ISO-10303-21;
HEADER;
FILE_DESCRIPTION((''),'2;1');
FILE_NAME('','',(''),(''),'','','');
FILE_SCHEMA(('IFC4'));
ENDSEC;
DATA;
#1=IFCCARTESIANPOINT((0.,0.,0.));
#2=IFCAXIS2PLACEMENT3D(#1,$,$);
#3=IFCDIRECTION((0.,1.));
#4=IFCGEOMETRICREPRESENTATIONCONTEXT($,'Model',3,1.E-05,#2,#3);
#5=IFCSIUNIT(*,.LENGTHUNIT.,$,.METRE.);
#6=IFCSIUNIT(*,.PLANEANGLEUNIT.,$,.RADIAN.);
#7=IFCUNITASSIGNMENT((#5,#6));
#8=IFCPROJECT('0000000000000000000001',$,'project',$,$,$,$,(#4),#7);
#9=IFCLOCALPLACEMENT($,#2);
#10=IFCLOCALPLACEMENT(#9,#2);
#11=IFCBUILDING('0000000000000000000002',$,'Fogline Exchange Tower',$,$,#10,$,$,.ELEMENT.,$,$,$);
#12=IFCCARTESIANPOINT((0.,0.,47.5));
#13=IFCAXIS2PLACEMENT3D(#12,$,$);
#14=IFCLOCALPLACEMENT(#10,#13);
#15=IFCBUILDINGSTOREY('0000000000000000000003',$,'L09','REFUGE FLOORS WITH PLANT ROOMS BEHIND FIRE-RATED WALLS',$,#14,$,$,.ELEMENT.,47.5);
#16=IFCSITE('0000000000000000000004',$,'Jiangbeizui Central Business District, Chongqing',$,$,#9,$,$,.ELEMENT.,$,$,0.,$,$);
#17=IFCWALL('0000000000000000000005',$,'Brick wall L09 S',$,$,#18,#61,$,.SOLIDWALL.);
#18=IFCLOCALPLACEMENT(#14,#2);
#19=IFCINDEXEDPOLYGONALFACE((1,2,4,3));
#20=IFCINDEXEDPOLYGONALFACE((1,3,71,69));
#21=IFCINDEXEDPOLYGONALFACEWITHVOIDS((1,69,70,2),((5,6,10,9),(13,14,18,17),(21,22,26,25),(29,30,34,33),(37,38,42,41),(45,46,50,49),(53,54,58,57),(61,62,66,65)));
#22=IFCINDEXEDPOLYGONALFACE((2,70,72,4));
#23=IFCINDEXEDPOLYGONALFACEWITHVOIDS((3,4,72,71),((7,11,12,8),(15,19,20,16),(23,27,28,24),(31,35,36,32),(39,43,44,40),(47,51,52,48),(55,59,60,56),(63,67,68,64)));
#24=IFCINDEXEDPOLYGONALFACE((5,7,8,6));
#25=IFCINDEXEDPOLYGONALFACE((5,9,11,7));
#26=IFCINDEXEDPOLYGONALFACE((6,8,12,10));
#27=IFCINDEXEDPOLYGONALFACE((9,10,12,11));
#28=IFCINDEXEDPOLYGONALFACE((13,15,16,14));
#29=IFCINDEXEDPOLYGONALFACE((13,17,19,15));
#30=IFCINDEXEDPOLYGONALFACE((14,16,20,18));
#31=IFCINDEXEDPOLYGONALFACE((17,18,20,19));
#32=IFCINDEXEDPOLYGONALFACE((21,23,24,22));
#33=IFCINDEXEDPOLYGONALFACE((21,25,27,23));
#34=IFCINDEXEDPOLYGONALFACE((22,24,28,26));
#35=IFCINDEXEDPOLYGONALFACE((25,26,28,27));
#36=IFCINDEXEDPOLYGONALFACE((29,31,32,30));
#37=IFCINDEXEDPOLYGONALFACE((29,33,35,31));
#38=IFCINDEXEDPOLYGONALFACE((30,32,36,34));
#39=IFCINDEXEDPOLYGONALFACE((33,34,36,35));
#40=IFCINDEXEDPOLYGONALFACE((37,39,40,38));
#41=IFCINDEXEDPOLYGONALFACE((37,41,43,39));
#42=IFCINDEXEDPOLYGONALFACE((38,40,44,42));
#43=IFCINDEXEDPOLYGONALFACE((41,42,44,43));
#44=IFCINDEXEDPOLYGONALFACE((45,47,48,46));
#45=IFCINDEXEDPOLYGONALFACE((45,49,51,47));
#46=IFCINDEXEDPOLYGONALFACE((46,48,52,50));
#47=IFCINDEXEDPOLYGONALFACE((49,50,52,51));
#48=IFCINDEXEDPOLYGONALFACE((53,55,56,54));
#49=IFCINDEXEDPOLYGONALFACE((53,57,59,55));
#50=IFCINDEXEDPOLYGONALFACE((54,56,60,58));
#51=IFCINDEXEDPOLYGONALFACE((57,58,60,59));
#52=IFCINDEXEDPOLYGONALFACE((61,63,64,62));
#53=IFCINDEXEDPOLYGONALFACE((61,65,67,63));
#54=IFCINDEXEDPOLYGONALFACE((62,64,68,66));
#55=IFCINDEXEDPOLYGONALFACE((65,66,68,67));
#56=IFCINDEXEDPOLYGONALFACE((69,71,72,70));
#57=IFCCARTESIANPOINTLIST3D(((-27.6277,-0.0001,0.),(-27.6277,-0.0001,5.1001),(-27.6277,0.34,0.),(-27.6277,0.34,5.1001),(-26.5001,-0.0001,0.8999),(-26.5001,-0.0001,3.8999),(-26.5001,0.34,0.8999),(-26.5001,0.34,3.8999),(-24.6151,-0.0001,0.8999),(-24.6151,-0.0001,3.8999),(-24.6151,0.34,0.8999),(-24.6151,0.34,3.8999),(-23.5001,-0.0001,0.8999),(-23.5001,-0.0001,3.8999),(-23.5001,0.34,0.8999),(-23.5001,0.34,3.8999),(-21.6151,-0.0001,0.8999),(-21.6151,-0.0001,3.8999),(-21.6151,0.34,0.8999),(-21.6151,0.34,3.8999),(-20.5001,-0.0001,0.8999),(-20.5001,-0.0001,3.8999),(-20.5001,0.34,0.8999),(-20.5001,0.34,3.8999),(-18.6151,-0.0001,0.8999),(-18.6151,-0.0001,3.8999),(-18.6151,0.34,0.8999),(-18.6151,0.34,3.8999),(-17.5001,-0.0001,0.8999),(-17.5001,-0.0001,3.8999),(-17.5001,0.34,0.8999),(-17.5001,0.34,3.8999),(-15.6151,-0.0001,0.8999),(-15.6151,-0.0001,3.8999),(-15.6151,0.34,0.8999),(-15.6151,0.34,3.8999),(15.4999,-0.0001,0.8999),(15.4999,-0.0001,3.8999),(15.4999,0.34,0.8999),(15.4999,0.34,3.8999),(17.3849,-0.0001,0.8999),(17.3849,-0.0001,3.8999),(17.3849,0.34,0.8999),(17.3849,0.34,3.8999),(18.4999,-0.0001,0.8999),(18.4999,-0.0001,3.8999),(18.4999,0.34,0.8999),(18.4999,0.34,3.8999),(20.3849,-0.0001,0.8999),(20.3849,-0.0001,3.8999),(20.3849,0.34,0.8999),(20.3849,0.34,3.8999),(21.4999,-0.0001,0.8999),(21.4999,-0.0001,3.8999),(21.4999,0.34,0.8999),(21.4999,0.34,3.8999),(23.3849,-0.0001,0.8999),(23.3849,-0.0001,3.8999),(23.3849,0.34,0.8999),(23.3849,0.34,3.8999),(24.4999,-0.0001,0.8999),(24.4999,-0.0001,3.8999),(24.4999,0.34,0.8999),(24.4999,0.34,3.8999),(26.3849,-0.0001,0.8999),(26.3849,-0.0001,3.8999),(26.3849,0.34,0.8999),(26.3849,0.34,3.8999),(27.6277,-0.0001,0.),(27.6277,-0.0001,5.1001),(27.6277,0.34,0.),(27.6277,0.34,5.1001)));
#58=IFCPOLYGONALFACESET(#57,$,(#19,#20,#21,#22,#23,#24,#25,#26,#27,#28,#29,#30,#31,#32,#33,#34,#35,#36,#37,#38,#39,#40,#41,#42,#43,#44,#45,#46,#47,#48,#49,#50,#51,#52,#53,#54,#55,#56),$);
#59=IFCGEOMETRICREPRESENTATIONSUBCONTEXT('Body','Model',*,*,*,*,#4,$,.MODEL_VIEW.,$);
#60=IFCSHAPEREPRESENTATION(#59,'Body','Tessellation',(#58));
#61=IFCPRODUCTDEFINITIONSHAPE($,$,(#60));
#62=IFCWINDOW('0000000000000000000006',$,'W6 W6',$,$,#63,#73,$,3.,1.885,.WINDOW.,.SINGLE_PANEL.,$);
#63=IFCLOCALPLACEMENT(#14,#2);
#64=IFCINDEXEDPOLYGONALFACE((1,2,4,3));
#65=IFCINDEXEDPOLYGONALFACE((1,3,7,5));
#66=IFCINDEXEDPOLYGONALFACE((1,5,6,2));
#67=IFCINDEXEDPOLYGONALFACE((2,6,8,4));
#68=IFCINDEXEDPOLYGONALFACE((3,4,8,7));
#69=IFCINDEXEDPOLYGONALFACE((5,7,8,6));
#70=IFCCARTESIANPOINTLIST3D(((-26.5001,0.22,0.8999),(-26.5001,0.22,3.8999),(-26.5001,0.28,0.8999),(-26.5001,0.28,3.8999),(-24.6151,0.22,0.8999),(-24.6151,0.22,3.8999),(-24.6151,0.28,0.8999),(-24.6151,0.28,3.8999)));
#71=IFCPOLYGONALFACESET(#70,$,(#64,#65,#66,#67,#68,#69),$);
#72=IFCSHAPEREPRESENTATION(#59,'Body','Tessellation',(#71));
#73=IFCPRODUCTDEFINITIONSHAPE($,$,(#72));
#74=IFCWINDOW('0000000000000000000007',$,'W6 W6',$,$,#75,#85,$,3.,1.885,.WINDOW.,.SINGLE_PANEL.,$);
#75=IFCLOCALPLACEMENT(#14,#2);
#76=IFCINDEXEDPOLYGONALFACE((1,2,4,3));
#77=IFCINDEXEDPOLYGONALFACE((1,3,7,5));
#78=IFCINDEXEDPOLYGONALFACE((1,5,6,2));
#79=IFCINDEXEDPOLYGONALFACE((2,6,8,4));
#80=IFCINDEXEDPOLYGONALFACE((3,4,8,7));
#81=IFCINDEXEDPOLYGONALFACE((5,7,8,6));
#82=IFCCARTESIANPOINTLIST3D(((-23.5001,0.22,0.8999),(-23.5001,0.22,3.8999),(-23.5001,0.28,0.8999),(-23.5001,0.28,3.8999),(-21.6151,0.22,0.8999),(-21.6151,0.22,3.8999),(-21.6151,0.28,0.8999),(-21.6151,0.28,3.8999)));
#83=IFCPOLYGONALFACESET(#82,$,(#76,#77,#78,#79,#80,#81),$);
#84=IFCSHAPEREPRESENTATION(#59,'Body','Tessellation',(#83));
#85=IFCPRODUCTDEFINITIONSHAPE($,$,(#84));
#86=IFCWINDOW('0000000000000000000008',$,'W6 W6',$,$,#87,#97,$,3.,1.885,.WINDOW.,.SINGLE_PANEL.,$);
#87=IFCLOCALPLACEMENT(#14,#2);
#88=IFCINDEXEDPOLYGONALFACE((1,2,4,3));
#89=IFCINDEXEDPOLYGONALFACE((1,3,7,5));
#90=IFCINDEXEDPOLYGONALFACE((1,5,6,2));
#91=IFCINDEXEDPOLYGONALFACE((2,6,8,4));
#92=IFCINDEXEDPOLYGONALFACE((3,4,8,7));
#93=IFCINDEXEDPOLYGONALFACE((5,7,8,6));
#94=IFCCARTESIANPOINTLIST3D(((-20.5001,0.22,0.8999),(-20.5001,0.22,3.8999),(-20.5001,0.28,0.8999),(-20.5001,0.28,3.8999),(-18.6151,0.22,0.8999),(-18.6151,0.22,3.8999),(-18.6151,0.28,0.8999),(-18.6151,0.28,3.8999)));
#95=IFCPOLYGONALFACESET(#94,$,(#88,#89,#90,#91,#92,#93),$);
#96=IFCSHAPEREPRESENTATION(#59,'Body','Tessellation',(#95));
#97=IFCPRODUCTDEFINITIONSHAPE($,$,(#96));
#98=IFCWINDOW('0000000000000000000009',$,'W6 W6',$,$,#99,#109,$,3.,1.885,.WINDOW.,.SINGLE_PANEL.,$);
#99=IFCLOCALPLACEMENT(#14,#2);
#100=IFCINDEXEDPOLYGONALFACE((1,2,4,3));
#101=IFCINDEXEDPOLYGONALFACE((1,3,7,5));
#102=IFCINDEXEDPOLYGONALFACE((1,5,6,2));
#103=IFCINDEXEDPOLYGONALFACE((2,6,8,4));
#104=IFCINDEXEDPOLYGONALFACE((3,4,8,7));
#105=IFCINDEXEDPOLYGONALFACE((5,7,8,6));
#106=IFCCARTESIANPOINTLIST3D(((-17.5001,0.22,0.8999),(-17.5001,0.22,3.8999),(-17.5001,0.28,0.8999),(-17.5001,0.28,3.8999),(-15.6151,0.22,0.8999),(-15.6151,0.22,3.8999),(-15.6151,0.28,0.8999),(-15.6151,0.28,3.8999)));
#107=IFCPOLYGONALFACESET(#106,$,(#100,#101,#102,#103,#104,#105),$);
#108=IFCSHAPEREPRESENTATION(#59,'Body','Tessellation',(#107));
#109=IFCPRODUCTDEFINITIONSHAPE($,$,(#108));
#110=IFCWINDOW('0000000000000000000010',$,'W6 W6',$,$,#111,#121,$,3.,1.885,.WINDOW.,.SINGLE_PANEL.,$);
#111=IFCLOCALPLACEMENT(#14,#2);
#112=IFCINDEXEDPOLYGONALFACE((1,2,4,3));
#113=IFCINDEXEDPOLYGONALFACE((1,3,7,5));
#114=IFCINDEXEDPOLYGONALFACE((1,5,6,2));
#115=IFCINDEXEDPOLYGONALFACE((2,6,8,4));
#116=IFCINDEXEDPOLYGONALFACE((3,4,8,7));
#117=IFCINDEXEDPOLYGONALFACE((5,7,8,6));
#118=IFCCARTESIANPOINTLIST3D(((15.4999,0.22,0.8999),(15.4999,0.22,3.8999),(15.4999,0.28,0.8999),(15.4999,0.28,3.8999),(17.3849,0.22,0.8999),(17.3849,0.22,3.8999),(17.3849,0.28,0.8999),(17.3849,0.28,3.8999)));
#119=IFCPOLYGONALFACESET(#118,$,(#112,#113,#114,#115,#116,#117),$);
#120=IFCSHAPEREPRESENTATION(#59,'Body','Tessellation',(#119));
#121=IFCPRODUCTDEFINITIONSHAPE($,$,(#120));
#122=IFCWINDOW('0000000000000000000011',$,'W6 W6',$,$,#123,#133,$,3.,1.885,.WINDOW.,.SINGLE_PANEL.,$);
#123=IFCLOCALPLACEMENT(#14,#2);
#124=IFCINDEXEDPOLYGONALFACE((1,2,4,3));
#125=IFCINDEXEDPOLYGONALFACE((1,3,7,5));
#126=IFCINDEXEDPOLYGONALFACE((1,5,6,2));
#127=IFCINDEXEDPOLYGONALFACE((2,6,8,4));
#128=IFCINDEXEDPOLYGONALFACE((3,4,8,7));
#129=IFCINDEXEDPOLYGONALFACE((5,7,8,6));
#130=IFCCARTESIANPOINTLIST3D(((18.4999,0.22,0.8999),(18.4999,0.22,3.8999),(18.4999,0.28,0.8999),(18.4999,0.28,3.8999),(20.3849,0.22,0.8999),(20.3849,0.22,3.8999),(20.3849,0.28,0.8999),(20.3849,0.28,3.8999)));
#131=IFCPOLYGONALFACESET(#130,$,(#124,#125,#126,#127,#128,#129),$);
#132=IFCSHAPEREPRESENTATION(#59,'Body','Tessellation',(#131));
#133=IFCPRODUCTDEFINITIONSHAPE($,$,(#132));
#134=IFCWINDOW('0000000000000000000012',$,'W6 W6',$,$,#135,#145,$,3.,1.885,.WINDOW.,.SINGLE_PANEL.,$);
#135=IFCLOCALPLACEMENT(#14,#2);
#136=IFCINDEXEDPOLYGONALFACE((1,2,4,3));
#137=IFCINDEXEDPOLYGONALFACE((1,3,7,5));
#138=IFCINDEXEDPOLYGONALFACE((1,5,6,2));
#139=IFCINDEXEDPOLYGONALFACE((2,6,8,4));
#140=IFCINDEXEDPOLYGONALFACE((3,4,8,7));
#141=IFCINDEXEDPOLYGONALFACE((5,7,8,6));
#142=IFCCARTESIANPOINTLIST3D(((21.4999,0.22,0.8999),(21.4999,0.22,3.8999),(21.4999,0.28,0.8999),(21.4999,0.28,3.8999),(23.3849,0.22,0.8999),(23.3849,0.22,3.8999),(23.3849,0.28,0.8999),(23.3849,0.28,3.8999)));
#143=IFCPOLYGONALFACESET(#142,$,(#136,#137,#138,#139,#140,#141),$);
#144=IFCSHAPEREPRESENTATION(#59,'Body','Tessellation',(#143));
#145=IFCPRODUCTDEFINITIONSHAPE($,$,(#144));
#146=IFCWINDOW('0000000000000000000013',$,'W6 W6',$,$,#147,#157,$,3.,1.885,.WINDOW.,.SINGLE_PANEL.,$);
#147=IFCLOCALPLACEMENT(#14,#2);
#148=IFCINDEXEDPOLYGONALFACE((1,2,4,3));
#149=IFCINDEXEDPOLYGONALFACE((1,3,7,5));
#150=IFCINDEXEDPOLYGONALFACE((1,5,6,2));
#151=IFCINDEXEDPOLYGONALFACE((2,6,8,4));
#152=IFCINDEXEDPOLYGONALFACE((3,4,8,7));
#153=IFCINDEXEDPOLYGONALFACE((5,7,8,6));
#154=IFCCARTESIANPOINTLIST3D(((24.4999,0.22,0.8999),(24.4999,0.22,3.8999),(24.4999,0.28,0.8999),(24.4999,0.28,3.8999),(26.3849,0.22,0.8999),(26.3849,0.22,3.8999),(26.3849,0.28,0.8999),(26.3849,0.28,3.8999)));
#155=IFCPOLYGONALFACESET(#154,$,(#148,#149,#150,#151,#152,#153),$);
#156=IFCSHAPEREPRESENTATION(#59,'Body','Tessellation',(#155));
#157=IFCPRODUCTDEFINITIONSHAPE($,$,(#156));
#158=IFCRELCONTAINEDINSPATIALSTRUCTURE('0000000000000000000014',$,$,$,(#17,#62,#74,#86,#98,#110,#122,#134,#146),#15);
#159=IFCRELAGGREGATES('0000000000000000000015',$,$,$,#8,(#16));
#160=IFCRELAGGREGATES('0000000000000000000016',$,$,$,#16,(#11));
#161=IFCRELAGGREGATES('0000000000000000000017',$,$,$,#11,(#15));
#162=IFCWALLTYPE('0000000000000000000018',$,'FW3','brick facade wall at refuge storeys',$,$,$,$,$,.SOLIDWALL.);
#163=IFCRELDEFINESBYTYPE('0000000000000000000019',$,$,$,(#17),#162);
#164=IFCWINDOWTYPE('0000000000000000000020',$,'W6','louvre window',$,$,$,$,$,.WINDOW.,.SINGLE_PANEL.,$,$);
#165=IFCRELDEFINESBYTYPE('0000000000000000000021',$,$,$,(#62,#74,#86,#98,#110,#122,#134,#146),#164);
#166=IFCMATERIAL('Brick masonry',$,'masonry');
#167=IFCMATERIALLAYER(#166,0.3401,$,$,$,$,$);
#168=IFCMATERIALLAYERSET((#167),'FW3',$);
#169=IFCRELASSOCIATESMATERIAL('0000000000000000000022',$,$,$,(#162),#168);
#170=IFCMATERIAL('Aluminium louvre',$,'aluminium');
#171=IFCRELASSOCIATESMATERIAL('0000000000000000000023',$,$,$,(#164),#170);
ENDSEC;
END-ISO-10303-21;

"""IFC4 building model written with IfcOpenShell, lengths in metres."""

from ifc_helpers import new_model, si_unit, direction, frame, frame_2d, origin, place, context, subcontext, project, spatial, rectangle, extrude, material, layer, layer_set, type_object, element, fill, save


model = new_model("IFC4")

# Units and contexts
model_context = context("Model", 3, precision=1e-05, world=origin(), true_north=direction((0.0, 1.0)))
body_context = subcontext(model_context, "Body", "Model", "MODEL_VIEW")
ifc_project = project(units=[si_unit("LENGTHUNIT", "METRE"), si_unit("PLANEANGLEUNIT", "RADIAN")], contexts=[model_context])

# Site, building, storey
site_placement = place(None, origin())
site = spatial("IfcSite", under=ifc_project, at=site_placement, Name="Jiangbeizui Central Business District, Chongqing", CompositionType="ELEMENT", RefElevation=0.0)
building_placement = place(site_placement, origin())
building = spatial("IfcBuilding", under=site, at=building_placement, Name="Fogline Exchange Tower", CompositionType="ELEMENT")
storey_placement = place(building_placement, frame((0.0, 0.0, 47.5)))
storey = spatial("IfcBuildingStorey", under=building, at=storey_placement, Name="L09", Description="REFUGE FLOORS WITH PLANT ROOMS BEHIND FIRE-RATED WALLS", CompositionType="ELEMENT", Elevation=47.5)

# Shared definitions
ifc_material_1 = material(Name="Brick masonry", Category="masonry")
ifc_layer = layer(ifc_material_1, 0.3401)
ifc_layer_set = layer_set([ifc_layer], Name="FW3")
wall_type = type_object("IfcWallType", Name="FW3", Description="brick facade wall at refuge storeys", PredefinedType="SOLIDWALL", material=ifc_layer_set)

# Wall, openings, windows
wall_1_placement = place(storey_placement, frame((-27.6277, 0.1699, 0.0), z_axis=(0.0, 0.0, 1.0), x_axis=(1.0, 0.0, 0.0)))
wall_1 = element("IfcWall", 1, at=wall_1_placement, inside=storey, type_object=wall_type, Name="Brick wall L09 S", PredefinedType="SOLIDWALL", context=body_context, shape_type="SweptSolid", body=[
    extrude(rectangle(XDim=55.2554, YDim=0.3401, at=frame_2d((27.6277, 0.0))), origin(), (0.0, 0.0, 1.0), 5.1001),
])
opening_1_placement = place(wall_1_placement, frame((1.1277, 0.0, 0.8999)))
opening_1 = element("IfcOpeningElement", 2, at=opening_1_placement, cuts=wall_1, PredefinedType="OPENING", context=body_context, shape_type="SweptSolid", body=[
    extrude(rectangle(XDim=1.885, YDim=3.0, at=frame_2d((0.9424, 1.5))), frame((0.0, 0.1802, 0.0), z_axis=(0.0, -1.0, 0.0), x_axis=(1.0, 0.0, 0.0)), (0.0, 0.0, 1.0), 0.3601),
])
opening_2_placement = place(wall_1_placement, frame((4.1277, 0.0, 0.8999)))
opening_2 = element("IfcOpeningElement", 3, at=opening_2_placement, cuts=wall_1, PredefinedType="OPENING", context=body_context, shape_type="SweptSolid", body=[
    extrude(rectangle(XDim=1.885, YDim=3.0, at=frame_2d((0.9424, 1.5))), frame((0.0, 0.1802, 0.0), z_axis=(0.0, -1.0, 0.0), x_axis=(1.0, 0.0, 0.0)), (0.0, 0.0, 1.0), 0.3601),
])
opening_3_placement = place(wall_1_placement, frame((7.1277, 0.0, 0.8999)))
opening_3 = element("IfcOpeningElement", 4, at=opening_3_placement, cuts=wall_1, PredefinedType="OPENING", context=body_context, shape_type="SweptSolid", body=[
    extrude(rectangle(XDim=1.885, YDim=3.0, at=frame_2d((0.9424, 1.5))), frame((0.0, 0.1802, 0.0), z_axis=(0.0, -1.0, 0.0), x_axis=(1.0, 0.0, 0.0)), (0.0, 0.0, 1.0), 0.3601),
])
opening_4_placement = place(wall_1_placement, frame((10.1277, 0.0, 0.8999)))
opening_4 = element("IfcOpeningElement", 5, at=opening_4_placement, cuts=wall_1, PredefinedType="OPENING", context=body_context, shape_type="SweptSolid", body=[
    extrude(rectangle(XDim=1.885, YDim=3.0, at=frame_2d((0.9424, 1.5))), frame((0.0, 0.1802, 0.0), z_axis=(0.0, -1.0, 0.0), x_axis=(1.0, 0.0, 0.0)), (0.0, 0.0, 1.0), 0.3601),
])
opening_5_placement = place(wall_1_placement, frame((43.1277, 0.0, 0.8999)))
opening_5 = element("IfcOpeningElement", 6, at=opening_5_placement, cuts=wall_1, PredefinedType="OPENING", context=body_context, shape_type="SweptSolid", body=[
    extrude(rectangle(XDim=1.885, YDim=3.0, at=frame_2d((0.9424, 1.5))), frame((0.0, 0.1802, 0.0), z_axis=(0.0, -1.0, 0.0), x_axis=(1.0, 0.0, 0.0)), (0.0, 0.0, 1.0), 0.3601),
])
opening_6_placement = place(wall_1_placement, frame((46.1277, 0.0, 0.8999)))
opening_6 = element("IfcOpeningElement", 7, at=opening_6_placement, cuts=wall_1, PredefinedType="OPENING", context=body_context, shape_type="SweptSolid", body=[
    extrude(rectangle(XDim=1.885, YDim=3.0, at=frame_2d((0.9424, 1.5))), frame((0.0, 0.1802, 0.0), z_axis=(0.0, -1.0, 0.0), x_axis=(1.0, 0.0, 0.0)), (0.0, 0.0, 1.0), 0.3601),
])
opening_7_placement = place(wall_1_placement, frame((49.1277, 0.0, 0.8999)))
opening_7 = element("IfcOpeningElement", 8, at=opening_7_placement, cuts=wall_1, PredefinedType="OPENING", context=body_context, shape_type="SweptSolid", body=[
    extrude(rectangle(XDim=1.885, YDim=3.0, at=frame_2d((0.9424, 1.5))), frame((0.0, 0.1802, 0.0), z_axis=(0.0, -1.0, 0.0), x_axis=(1.0, 0.0, 0.0)), (0.0, 0.0, 1.0), 0.3601),
])
opening_8_placement = place(wall_1_placement, frame((52.1277, 0.0, 0.8999)))
opening_8 = element("IfcOpeningElement", 9, at=opening_8_placement, cuts=wall_1, PredefinedType="OPENING", context=body_context, shape_type="SweptSolid", body=[
    extrude(rectangle(XDim=1.885, YDim=3.0, at=frame_2d((0.9424, 1.5))), frame((0.0, 0.1802, 0.0), z_axis=(0.0, -1.0, 0.0), x_axis=(1.0, 0.0, 0.0)), (0.0, 0.0, 1.0), 0.3601),
])
ifc_material_2 = material(Name="Aluminium louvre", Category="aluminium")
window_type = type_object("IfcWindowType", Name="W6", Description="louvre window", PartitioningType="SINGLE_PANEL", PredefinedType="WINDOW", material=ifc_material_2)
window_1_placement = place(opening_1_placement, origin())
window_1 = element("IfcWindow", 10, at=window_1_placement, inside=storey, type_object=window_type, Name="W6 W6", OverallHeight=3.0, OverallWidth=1.885, PartitioningType="SINGLE_PANEL", PredefinedType="WINDOW", context=body_context, shape_type="SweptSolid", body=[
    extrude(rectangle(XDim=1.885, YDim=3.0, at=frame_2d((0.9424, 1.5))), frame((0.0, 0.1101, 0.0), z_axis=(0.0, -1.0, 0.0), x_axis=(1.0, 0.0, 0.0)), (0.0, 0.0, 1.0), 0.0601),
])
fill(opening_1, window_1)
window_2_placement = place(opening_2_placement, origin())
window_2 = element("IfcWindow", 11, at=window_2_placement, inside=storey, type_object=window_type, Name="W6 W6", OverallHeight=3.0, OverallWidth=1.885, PartitioningType="SINGLE_PANEL", PredefinedType="WINDOW", context=body_context, shape_type="SweptSolid", body=[
    extrude(rectangle(XDim=1.885, YDim=3.0, at=frame_2d((0.9424, 1.5))), frame((0.0, 0.1101, 0.0), z_axis=(0.0, -1.0, 0.0), x_axis=(1.0, 0.0, 0.0)), (0.0, 0.0, 1.0), 0.0601),
])
fill(opening_2, window_2)
window_3_placement = place(opening_3_placement, origin())
window_3 = element("IfcWindow", 12, at=window_3_placement, inside=storey, type_object=window_type, Name="W6 W6", OverallHeight=3.0, OverallWidth=1.885, PartitioningType="SINGLE_PANEL", PredefinedType="WINDOW", context=body_context, shape_type="SweptSolid", body=[
    extrude(rectangle(XDim=1.885, YDim=3.0, at=frame_2d((0.9424, 1.5))), frame((0.0, 0.1101, 0.0), z_axis=(0.0, -1.0, 0.0), x_axis=(1.0, 0.0, 0.0)), (0.0, 0.0, 1.0), 0.0601),
])
fill(opening_3, window_3)
window_4_placement = place(opening_4_placement, origin())
window_4 = element("IfcWindow", 13, at=window_4_placement, inside=storey, type_object=window_type, Name="W6 W6", OverallHeight=3.0, OverallWidth=1.885, PartitioningType="SINGLE_PANEL", PredefinedType="WINDOW", context=body_context, shape_type="SweptSolid", body=[
    extrude(rectangle(XDim=1.885, YDim=3.0, at=frame_2d((0.9424, 1.5))), frame((0.0, 0.1101, 0.0), z_axis=(0.0, -1.0, 0.0), x_axis=(1.0, 0.0, 0.0)), (0.0, 0.0, 1.0), 0.0601),
])
fill(opening_4, window_4)
window_5_placement = place(opening_5_placement, origin())
window_5 = element("IfcWindow", 14, at=window_5_placement, inside=storey, type_object=window_type, Name="W6 W6", OverallHeight=3.0, OverallWidth=1.885, PartitioningType="SINGLE_PANEL", PredefinedType="WINDOW", context=body_context, shape_type="SweptSolid", body=[
    extrude(rectangle(XDim=1.885, YDim=3.0, at=frame_2d((0.9424, 1.5))), frame((0.0, 0.1101, 0.0), z_axis=(0.0, -1.0, 0.0), x_axis=(1.0, 0.0, 0.0)), (0.0, 0.0, 1.0), 0.0601),
])
fill(opening_5, window_5)
window_6_placement = place(opening_6_placement, origin())
window_6 = element("IfcWindow", 15, at=window_6_placement, inside=storey, type_object=window_type, Name="W6 W6", OverallHeight=3.0, OverallWidth=1.885, PartitioningType="SINGLE_PANEL", PredefinedType="WINDOW", context=body_context, shape_type="SweptSolid", body=[
    extrude(rectangle(XDim=1.885, YDim=3.0, at=frame_2d((0.9424, 1.5))), frame((0.0, 0.1101, 0.0), z_axis=(0.0, -1.0, 0.0), x_axis=(1.0, 0.0, 0.0)), (0.0, 0.0, 1.0), 0.0601),
])
fill(opening_6, window_6)
window_7_placement = place(opening_7_placement, origin())
window_7 = element("IfcWindow", 16, at=window_7_placement, inside=storey, type_object=window_type, Name="W6 W6", OverallHeight=3.0, OverallWidth=1.885, PartitioningType="SINGLE_PANEL", PredefinedType="WINDOW", context=body_context, shape_type="SweptSolid", body=[
    extrude(rectangle(XDim=1.885, YDim=3.0, at=frame_2d((0.9424, 1.5))), frame((0.0, 0.1101, 0.0), z_axis=(0.0, -1.0, 0.0), x_axis=(1.0, 0.0, 0.0)), (0.0, 0.0, 1.0), 0.0601),
])
fill(opening_7, window_7)
window_8_placement = place(opening_8_placement, origin())
window_8 = element("IfcWindow", 17, at=window_8_placement, inside=storey, type_object=window_type, Name="W6 W6", OverallHeight=3.0, OverallWidth=1.885, PartitioningType="SINGLE_PANEL", PredefinedType="WINDOW", context=body_context, shape_type="SweptSolid", body=[
    extrude(rectangle(XDim=1.885, YDim=3.0, at=frame_2d((0.9424, 1.5))), frame((0.0, 0.1101, 0.0), z_axis=(0.0, -1.0, 0.0), x_axis=(1.0, 0.0, 0.0)), (0.0, 0.0, 1.0), 0.0601),
])
fill(opening_8, window_8)

save(model, "model.ifc")
